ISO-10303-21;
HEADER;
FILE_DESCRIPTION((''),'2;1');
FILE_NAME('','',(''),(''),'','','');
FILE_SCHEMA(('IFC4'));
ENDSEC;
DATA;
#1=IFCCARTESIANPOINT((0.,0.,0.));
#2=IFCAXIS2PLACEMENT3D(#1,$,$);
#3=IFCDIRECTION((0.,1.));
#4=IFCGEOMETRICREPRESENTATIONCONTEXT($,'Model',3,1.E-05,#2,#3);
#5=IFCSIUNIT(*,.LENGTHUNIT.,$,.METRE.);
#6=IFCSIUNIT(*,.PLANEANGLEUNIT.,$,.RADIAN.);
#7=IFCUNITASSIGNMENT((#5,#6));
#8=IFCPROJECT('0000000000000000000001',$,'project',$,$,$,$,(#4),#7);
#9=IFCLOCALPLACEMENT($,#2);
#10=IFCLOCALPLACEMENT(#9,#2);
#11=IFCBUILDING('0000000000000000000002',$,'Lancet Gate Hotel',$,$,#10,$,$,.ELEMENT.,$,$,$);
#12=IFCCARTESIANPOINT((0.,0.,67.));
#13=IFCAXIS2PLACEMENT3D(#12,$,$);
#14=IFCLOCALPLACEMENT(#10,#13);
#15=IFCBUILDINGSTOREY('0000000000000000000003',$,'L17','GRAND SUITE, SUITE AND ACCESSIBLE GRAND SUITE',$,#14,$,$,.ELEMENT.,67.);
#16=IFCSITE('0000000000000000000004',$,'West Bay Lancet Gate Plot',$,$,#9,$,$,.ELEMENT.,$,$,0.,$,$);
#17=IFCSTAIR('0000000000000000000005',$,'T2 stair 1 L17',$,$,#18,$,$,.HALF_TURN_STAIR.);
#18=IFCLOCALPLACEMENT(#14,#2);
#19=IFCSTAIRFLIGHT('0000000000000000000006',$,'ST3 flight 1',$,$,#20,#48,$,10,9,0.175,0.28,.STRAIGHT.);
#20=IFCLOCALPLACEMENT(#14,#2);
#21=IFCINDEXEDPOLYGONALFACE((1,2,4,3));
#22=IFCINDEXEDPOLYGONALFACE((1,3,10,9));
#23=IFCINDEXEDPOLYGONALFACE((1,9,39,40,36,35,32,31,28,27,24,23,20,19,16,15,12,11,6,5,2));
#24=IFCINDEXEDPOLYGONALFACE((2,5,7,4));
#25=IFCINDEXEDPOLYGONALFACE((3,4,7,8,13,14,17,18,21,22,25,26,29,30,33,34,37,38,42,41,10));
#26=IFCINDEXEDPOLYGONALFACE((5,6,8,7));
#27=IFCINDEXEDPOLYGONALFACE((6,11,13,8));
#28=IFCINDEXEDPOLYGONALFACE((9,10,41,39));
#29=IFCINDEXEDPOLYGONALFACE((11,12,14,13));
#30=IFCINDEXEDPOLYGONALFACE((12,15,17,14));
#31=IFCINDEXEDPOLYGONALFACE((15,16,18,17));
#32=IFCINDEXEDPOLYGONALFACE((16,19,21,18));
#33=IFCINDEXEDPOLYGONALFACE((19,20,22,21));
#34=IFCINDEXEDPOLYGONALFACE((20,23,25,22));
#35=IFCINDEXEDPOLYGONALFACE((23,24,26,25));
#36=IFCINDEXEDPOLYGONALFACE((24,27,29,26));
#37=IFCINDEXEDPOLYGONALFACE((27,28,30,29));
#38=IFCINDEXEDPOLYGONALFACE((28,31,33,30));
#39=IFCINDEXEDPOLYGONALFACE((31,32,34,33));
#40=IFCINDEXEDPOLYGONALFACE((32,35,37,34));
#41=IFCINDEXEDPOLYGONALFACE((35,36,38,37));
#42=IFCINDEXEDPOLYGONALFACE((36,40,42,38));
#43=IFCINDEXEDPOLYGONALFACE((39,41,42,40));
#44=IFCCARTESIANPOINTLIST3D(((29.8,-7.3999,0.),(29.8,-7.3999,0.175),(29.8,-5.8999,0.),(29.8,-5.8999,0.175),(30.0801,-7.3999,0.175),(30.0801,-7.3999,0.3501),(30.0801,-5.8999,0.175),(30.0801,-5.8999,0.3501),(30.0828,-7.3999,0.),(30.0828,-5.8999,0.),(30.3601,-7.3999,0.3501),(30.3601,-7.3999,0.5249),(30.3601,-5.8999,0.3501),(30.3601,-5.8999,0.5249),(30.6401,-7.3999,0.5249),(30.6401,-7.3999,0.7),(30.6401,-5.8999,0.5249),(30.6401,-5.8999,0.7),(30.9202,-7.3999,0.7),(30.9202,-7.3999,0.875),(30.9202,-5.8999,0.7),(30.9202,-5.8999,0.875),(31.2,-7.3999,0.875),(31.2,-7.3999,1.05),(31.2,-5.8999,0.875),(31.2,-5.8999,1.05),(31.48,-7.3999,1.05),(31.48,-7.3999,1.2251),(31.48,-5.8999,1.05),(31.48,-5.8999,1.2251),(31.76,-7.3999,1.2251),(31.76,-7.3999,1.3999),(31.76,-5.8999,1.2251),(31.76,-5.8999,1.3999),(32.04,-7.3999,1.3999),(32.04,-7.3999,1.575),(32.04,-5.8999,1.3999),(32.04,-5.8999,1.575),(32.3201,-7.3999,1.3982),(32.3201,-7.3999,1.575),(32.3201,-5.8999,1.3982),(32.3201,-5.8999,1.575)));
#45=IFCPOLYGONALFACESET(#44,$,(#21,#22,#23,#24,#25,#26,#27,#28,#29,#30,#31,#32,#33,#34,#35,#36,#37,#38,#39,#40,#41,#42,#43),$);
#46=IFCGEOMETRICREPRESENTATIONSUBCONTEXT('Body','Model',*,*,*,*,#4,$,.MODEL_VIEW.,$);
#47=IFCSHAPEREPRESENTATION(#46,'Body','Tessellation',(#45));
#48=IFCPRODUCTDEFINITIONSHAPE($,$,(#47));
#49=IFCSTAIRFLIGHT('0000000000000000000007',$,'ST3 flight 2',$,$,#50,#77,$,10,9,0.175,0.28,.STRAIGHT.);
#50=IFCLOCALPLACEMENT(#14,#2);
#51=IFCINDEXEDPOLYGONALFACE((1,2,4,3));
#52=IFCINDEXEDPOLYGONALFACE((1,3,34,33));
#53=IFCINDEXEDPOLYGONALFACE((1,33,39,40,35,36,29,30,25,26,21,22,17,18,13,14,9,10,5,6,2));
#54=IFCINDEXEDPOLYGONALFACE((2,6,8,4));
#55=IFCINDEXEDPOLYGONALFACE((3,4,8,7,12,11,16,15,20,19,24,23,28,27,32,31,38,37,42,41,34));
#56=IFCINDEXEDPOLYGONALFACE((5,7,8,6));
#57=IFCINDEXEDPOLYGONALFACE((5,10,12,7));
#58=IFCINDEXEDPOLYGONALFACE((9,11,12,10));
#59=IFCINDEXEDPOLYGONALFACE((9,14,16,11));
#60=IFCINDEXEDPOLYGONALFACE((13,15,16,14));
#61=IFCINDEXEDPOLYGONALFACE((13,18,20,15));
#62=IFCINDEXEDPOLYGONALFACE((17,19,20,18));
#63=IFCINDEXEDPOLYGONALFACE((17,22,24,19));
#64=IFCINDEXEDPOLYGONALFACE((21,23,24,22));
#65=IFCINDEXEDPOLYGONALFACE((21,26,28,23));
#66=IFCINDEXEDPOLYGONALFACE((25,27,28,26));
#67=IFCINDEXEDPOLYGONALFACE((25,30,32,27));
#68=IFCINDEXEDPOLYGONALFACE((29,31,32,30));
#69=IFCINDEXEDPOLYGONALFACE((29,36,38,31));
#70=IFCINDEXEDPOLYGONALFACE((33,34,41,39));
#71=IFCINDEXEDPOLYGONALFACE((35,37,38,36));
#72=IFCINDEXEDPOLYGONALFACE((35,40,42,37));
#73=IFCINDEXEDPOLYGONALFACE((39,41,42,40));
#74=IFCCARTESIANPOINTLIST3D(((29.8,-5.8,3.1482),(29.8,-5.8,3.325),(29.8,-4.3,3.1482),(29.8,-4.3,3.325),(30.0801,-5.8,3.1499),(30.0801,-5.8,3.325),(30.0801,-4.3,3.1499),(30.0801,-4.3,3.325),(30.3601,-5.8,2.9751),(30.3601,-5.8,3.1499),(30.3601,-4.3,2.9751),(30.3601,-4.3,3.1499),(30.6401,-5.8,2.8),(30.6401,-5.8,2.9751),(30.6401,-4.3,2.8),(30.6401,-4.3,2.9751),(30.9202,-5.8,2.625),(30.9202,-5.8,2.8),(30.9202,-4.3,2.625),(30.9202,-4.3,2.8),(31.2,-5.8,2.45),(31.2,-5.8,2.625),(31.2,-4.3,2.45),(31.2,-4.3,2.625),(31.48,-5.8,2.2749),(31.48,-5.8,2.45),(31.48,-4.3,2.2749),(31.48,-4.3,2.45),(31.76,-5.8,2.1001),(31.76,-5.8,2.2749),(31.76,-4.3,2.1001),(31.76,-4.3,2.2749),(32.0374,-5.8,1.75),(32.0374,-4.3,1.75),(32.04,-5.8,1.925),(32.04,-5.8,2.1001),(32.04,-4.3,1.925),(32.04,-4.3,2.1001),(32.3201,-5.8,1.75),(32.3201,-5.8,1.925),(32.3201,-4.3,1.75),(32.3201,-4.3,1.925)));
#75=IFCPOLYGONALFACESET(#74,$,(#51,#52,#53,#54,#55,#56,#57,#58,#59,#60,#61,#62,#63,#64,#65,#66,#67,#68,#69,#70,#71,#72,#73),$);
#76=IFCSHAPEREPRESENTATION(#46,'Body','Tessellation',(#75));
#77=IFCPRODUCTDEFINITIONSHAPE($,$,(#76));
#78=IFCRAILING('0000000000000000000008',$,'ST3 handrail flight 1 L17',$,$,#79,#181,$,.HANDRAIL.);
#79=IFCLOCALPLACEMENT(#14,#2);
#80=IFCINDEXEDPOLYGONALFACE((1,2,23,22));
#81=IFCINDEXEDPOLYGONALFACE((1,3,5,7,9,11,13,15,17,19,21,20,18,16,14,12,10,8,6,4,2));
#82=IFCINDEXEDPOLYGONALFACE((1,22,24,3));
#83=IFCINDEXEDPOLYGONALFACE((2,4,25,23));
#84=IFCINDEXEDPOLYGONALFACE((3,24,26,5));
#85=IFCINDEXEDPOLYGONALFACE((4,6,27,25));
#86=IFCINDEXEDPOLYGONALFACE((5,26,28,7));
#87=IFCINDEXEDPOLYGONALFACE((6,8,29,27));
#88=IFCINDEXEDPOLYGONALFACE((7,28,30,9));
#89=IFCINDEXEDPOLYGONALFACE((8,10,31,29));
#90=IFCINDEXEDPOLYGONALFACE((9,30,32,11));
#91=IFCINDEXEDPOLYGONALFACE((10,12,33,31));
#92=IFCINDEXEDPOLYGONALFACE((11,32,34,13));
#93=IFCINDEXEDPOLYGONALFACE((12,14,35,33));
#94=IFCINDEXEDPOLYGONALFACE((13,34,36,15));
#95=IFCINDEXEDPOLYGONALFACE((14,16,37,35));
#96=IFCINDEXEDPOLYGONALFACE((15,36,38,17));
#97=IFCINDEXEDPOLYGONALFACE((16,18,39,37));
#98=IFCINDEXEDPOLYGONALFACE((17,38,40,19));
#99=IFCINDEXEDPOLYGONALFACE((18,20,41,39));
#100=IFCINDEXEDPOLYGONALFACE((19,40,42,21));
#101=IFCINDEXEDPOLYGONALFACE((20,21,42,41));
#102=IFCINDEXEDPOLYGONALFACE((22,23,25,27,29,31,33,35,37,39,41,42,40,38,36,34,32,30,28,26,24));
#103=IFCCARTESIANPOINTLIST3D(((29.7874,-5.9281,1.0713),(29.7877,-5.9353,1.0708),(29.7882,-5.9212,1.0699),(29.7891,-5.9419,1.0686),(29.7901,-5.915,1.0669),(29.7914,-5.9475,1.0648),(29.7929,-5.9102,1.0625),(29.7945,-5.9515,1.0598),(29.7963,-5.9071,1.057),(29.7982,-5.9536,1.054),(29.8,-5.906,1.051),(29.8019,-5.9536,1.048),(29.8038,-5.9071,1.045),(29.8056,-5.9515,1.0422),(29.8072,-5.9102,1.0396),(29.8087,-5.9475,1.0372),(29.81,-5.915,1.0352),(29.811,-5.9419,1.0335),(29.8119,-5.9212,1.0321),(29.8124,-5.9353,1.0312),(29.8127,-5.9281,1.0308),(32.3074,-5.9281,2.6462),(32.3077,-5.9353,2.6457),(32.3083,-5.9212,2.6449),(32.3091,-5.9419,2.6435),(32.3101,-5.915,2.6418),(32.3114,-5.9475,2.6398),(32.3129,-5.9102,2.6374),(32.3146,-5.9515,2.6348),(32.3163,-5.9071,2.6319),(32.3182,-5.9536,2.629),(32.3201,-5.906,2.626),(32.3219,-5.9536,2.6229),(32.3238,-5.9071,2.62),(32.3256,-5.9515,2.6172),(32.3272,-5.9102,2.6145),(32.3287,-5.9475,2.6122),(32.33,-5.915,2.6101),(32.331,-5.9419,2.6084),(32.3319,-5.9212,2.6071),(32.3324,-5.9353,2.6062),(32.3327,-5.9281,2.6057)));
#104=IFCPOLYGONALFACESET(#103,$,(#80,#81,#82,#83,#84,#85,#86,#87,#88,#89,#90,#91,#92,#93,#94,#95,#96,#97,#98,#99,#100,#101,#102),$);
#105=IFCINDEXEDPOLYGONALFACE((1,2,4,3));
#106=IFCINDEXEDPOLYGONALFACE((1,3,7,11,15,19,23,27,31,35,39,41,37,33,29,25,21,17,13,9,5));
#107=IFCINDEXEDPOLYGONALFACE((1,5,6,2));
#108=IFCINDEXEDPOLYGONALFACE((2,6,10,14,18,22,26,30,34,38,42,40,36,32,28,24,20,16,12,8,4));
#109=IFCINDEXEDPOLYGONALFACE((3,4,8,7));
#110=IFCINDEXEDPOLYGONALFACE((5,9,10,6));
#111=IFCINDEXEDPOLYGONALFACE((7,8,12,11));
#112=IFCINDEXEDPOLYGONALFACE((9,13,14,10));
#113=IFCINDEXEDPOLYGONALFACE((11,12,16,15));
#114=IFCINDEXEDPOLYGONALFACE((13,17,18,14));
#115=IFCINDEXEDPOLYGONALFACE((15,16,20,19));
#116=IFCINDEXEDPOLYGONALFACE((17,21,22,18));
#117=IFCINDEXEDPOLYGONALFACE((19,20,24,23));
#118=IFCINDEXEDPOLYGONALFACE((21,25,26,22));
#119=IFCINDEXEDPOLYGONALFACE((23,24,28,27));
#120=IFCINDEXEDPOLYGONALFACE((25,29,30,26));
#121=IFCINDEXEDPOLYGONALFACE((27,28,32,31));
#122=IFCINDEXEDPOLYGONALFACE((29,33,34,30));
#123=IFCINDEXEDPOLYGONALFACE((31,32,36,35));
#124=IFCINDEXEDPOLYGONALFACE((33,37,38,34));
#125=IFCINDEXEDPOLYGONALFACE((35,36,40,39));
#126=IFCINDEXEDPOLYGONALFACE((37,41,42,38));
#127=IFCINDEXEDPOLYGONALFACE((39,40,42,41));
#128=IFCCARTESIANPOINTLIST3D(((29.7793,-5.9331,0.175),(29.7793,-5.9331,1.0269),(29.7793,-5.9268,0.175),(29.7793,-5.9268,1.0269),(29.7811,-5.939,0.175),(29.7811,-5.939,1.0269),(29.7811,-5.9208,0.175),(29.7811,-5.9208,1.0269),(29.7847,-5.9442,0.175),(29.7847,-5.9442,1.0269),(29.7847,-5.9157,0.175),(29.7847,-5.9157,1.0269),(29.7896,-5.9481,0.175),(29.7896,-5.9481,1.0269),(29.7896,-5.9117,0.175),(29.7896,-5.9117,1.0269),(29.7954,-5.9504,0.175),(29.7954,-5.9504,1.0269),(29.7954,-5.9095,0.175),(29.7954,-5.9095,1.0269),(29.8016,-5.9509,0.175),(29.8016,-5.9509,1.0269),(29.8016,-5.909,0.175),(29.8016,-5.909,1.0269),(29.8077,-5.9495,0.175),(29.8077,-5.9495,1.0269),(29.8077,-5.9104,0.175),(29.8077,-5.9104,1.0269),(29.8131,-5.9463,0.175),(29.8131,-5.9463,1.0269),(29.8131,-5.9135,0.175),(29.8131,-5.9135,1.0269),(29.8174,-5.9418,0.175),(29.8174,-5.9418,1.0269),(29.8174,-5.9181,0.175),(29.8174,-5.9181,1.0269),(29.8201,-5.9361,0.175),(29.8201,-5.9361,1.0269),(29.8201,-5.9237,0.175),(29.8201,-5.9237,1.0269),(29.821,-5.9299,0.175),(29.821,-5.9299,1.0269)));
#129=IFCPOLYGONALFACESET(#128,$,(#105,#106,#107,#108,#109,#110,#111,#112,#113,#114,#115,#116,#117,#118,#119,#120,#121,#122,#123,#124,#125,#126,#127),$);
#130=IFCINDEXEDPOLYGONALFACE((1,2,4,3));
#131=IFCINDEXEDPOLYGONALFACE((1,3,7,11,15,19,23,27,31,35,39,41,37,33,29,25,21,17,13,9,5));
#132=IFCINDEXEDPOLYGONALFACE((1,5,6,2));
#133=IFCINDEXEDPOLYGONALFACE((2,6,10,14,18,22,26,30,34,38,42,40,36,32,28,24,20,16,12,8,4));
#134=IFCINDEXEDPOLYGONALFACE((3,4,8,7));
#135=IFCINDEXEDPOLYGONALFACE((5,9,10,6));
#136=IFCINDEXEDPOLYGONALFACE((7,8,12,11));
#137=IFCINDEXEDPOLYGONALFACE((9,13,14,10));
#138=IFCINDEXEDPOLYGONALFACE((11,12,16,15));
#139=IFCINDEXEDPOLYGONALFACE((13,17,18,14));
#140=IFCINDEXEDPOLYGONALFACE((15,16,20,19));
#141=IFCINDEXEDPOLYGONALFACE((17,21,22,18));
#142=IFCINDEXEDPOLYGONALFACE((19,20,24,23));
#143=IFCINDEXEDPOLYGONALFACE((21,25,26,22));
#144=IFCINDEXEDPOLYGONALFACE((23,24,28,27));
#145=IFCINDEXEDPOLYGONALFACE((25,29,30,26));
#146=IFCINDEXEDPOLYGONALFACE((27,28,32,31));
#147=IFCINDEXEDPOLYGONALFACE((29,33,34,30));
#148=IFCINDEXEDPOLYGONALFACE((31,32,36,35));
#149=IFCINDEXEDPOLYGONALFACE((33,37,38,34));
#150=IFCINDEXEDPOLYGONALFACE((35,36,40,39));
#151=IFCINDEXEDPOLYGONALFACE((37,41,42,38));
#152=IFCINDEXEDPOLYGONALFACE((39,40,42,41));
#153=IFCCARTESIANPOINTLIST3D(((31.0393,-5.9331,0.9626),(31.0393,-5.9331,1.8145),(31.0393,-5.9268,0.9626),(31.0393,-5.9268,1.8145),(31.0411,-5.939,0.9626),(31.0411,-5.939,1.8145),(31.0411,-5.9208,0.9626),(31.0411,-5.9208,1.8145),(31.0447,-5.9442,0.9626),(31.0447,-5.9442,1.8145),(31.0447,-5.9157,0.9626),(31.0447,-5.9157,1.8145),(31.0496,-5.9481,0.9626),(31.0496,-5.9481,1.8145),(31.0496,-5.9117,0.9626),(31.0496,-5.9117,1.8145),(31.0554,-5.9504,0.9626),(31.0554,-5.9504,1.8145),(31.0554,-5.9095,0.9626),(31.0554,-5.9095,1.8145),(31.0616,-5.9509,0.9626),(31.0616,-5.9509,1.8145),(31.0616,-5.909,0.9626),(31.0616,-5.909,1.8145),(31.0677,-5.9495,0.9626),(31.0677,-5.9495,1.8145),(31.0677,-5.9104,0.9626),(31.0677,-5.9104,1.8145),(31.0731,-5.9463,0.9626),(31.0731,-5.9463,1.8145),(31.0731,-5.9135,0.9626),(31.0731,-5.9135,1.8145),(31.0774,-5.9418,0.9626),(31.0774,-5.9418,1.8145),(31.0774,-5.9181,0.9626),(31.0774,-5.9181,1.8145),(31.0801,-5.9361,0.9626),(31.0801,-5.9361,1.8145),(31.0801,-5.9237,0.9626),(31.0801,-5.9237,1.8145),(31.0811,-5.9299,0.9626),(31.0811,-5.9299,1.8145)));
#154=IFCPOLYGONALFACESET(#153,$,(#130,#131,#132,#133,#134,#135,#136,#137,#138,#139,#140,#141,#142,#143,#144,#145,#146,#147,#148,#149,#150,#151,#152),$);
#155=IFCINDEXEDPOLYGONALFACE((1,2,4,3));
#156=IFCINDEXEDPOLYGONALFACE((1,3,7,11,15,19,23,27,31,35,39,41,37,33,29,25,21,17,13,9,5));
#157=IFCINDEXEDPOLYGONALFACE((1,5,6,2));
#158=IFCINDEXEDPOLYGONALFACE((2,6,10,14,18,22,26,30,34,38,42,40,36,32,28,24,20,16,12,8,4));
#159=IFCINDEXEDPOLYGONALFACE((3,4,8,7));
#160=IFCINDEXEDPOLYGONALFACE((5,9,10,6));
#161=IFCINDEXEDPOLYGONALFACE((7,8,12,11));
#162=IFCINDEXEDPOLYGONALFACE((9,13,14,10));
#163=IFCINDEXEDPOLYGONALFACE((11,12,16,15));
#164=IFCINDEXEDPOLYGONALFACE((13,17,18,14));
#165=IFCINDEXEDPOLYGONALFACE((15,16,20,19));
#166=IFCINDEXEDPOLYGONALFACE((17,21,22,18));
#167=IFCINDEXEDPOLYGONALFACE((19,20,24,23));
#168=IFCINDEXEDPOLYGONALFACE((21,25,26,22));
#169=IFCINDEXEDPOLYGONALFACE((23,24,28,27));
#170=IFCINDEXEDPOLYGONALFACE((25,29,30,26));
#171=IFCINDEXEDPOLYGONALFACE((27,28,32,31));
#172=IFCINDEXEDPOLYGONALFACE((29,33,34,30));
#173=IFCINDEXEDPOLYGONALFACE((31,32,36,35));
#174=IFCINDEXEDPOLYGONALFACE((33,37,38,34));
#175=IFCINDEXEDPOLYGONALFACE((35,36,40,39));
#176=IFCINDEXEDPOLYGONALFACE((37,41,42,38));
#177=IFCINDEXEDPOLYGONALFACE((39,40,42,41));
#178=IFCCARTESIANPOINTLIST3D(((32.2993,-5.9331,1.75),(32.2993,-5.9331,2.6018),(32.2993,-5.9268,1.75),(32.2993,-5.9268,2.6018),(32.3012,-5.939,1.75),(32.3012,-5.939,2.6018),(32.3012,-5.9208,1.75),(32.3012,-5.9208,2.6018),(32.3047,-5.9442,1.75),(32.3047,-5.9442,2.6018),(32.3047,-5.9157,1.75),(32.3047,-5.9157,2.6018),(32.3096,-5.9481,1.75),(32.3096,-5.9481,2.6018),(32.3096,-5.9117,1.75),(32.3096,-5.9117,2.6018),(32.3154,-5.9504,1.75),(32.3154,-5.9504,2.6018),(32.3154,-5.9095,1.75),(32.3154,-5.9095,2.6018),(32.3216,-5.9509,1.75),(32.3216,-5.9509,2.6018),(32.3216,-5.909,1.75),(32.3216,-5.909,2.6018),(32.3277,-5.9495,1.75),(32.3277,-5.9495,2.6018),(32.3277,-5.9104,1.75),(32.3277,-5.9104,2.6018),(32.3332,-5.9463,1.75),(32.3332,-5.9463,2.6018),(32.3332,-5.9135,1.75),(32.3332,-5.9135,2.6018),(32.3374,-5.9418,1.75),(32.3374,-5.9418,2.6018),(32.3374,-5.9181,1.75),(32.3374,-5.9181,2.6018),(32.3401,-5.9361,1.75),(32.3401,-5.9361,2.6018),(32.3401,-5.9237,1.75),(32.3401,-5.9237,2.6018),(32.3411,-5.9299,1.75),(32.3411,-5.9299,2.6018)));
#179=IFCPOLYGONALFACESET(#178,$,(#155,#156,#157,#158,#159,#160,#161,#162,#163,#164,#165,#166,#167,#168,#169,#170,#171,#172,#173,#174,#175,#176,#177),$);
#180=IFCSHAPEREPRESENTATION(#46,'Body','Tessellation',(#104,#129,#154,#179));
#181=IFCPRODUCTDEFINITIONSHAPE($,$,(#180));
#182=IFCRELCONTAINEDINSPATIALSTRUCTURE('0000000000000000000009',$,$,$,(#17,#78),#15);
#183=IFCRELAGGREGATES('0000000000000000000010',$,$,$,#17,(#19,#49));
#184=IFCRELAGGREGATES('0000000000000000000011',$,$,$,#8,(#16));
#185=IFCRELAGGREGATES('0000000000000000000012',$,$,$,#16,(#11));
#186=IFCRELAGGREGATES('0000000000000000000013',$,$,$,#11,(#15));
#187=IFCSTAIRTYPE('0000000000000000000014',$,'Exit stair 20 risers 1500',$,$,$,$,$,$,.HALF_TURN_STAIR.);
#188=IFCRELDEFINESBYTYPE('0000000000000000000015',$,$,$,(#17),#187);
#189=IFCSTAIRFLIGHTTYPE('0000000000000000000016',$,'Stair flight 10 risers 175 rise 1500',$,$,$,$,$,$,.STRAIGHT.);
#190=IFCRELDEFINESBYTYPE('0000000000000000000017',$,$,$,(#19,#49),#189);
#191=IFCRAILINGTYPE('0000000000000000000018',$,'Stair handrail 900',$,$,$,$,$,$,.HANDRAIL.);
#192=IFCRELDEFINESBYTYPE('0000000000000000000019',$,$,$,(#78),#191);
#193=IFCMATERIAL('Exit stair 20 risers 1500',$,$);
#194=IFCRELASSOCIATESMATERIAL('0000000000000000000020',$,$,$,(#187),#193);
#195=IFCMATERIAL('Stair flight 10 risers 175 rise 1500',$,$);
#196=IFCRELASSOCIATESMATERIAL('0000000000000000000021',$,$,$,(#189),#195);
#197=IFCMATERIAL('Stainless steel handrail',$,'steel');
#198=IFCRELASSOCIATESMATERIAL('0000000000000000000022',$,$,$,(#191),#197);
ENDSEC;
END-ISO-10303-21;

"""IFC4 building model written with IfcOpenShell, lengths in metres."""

from ifc_helpers import new_model, si_unit, direction, frame, origin, origin_2d, place, context, subcontext, project, spatial, polyline, circle, outline, extrude, material, type_object, element, aggregate, save


model = new_model("IFC4")

# Units and contexts
model_context = context("Model", 3, precision=1e-05, world=origin(), true_north=direction((0.0, 1.0)))
body_context = subcontext(model_context, "Body", "Model", "MODEL_VIEW")
ifc_project = project(units=[si_unit("LENGTHUNIT", "METRE"), si_unit("PLANEANGLEUNIT", "RADIAN")], contexts=[model_context])

# Site, building, storey
site_placement = place(None, origin())
site = spatial("IfcSite", under=ifc_project, at=site_placement, Name="West Bay Lancet Gate Plot", CompositionType="ELEMENT", RefElevation=0.0)
building_placement = place(site_placement, origin())
building = spatial("IfcBuilding", under=site, at=building_placement, Name="Lancet Gate Hotel", CompositionType="ELEMENT")
storey_placement = place(building_placement, frame((0.0, 0.0, 67.0)))
storey = spatial("IfcBuildingStorey", under=building, at=storey_placement, Name="L17", Description="GRAND SUITE, SUITE AND ACCESSIBLE GRAND SUITE", CompositionType="ELEMENT", Elevation=67.0)

# Stair, stair flights
ifc_material_1 = material(Name="Exit stair 20 risers 1500")
stair_type = type_object("IfcStairType", Name="Exit stair 20 risers 1500", PredefinedType="HALF_TURN_STAIR", material=ifc_material_1)
stair_placement = place(storey_placement, origin())
stair = element("IfcStair", 1, at=stair_placement, inside=storey, type_object=stair_type, Name="T2 stair 1 L17", PredefinedType="HALF_TURN_STAIR")
ifc_material_2 = material(Name="Stair flight 10 risers 175 rise 1500")
stair_flight_type = type_object("IfcStairFlightType", Name="Stair flight 10 risers 175 rise 1500", PredefinedType="STRAIGHT", material=ifc_material_2)
stair_flight_1_placement = place(storey_placement, frame((29.8, -6.6499, 0.0), z_axis=(0.0, 0.0, 1.0), x_axis=(1.0, 0.0, 0.0)))
stair_flight_1 = element("IfcStairFlight", 2, at=stair_flight_1_placement, type_object=stair_flight_type, Name="ST3 flight 1", NumberOfRisers=10, NumberOfTreads=9, PredefinedType="STRAIGHT", RiserHeight=0.175, TreadLength=0.28, context=body_context, shape_type="SweptSolid", body=[
    extrude(outline(polyline([(0.0, 0.0), (0.0, 0.175), (0.28, 0.175), (0.28, 0.3501), (0.5601, 0.3501), (0.5601, 0.5249), (0.8401, 0.5249), (0.8401, 0.7), (1.1201, 0.7), (1.1201, 0.875), (1.3999, 0.875), (1.3999, 1.05), (1.6799, 1.05), (1.6799, 1.2251), (1.96, 1.2251), (1.96, 1.3999), (2.24, 1.3999), (2.24, 1.575), (2.52, 1.575), (2.52, 1.75), (2.52, 1.3982), (0.2827, 0.0), (0.0, 0.0)])), frame((0.0, 0.75, 0.0), z_axis=(0.0, -1.0, 0.0), x_axis=(1.0, 0.0, 0.0)), (0.0, 0.0, 1.0), 1.5),
])
stair_flight_2_placement = place(storey_placement, frame((32.3201, -5.05, 1.75), z_axis=(0.0, 0.0, 1.0), x_axis=(-1.0, 0.0, 0.0)))
stair_flight_2 = element("IfcStairFlight", 3, at=stair_flight_2_placement, type_object=stair_flight_type, Name="ST3 flight 2", NumberOfRisers=10, NumberOfTreads=9, PredefinedType="STRAIGHT", RiserHeight=0.175, TreadLength=0.28, context=body_context, shape_type="SweptSolid", body=[
    extrude(outline(polyline([(0.0, 0.0), (0.0, 0.175), (0.28, 0.175), (0.28, 0.3501), (0.5601, 0.3501), (0.5601, 0.5249), (0.8401, 0.5249), (0.8401, 0.7), (1.1201, 0.7), (1.1201, 0.875), (1.3999, 0.875), (1.3999, 1.05), (1.6799, 1.05), (1.6799, 1.2251), (1.96, 1.2251), (1.96, 1.3999), (2.24, 1.3999), (2.24, 1.575), (2.52, 1.575), (2.52, 1.75), (2.52, 1.3982), (0.2827, 0.0), (0.0, 0.0)])), frame((0.0, 0.75, 0.0), z_axis=(0.0, -1.0, 0.0), x_axis=(1.0, 0.0, 0.0)), (0.0, 0.0, 1.0), 1.5),
])
aggregate(stair, [stair_flight_1, stair_flight_2])

# Railing
ifc_material_3 = material(Name="Stainless steel handrail", Category="steel")
railing_type = type_object("IfcRailingType", Name="Stair handrail 900", PredefinedType="HANDRAIL", material=ifc_material_3)
railing_1_placement = place(storey_placement, frame((29.8, -5.9299, 0.175)))
element("IfcRailing", 4, at=railing_1_placement, inside=storey, type_object=railing_type, Name="ST3 handrail flight 1 L17", PredefinedType="HANDRAIL", context=body_context, shape_type="SweptSolid", body=[
    extrude(circle(Radius=0.0239, at=origin_2d()), frame((0.0, 0.0, 0.876), z_axis=(0.848008, 0.0, 0.529984), x_axis=(0.0, 1.0, 0.0)), (0.0, 0.0, 1.0), 2.9717),
    extrude(circle(Radius=0.021, at=origin_2d()), origin(), (0.0, 0.0, 1.0), 0.8518),
    extrude(circle(Radius=0.021, at=origin_2d()), frame((1.26, 0.0, 0.7876)), (0.0, 0.0, 1.0), 0.8518),
    extrude(circle(Radius=0.021, at=origin_2d()), frame((2.52, 0.0, 1.575)), (0.0, 0.0, 1.0), 0.8518),
])

save(model, "model.ifc")
